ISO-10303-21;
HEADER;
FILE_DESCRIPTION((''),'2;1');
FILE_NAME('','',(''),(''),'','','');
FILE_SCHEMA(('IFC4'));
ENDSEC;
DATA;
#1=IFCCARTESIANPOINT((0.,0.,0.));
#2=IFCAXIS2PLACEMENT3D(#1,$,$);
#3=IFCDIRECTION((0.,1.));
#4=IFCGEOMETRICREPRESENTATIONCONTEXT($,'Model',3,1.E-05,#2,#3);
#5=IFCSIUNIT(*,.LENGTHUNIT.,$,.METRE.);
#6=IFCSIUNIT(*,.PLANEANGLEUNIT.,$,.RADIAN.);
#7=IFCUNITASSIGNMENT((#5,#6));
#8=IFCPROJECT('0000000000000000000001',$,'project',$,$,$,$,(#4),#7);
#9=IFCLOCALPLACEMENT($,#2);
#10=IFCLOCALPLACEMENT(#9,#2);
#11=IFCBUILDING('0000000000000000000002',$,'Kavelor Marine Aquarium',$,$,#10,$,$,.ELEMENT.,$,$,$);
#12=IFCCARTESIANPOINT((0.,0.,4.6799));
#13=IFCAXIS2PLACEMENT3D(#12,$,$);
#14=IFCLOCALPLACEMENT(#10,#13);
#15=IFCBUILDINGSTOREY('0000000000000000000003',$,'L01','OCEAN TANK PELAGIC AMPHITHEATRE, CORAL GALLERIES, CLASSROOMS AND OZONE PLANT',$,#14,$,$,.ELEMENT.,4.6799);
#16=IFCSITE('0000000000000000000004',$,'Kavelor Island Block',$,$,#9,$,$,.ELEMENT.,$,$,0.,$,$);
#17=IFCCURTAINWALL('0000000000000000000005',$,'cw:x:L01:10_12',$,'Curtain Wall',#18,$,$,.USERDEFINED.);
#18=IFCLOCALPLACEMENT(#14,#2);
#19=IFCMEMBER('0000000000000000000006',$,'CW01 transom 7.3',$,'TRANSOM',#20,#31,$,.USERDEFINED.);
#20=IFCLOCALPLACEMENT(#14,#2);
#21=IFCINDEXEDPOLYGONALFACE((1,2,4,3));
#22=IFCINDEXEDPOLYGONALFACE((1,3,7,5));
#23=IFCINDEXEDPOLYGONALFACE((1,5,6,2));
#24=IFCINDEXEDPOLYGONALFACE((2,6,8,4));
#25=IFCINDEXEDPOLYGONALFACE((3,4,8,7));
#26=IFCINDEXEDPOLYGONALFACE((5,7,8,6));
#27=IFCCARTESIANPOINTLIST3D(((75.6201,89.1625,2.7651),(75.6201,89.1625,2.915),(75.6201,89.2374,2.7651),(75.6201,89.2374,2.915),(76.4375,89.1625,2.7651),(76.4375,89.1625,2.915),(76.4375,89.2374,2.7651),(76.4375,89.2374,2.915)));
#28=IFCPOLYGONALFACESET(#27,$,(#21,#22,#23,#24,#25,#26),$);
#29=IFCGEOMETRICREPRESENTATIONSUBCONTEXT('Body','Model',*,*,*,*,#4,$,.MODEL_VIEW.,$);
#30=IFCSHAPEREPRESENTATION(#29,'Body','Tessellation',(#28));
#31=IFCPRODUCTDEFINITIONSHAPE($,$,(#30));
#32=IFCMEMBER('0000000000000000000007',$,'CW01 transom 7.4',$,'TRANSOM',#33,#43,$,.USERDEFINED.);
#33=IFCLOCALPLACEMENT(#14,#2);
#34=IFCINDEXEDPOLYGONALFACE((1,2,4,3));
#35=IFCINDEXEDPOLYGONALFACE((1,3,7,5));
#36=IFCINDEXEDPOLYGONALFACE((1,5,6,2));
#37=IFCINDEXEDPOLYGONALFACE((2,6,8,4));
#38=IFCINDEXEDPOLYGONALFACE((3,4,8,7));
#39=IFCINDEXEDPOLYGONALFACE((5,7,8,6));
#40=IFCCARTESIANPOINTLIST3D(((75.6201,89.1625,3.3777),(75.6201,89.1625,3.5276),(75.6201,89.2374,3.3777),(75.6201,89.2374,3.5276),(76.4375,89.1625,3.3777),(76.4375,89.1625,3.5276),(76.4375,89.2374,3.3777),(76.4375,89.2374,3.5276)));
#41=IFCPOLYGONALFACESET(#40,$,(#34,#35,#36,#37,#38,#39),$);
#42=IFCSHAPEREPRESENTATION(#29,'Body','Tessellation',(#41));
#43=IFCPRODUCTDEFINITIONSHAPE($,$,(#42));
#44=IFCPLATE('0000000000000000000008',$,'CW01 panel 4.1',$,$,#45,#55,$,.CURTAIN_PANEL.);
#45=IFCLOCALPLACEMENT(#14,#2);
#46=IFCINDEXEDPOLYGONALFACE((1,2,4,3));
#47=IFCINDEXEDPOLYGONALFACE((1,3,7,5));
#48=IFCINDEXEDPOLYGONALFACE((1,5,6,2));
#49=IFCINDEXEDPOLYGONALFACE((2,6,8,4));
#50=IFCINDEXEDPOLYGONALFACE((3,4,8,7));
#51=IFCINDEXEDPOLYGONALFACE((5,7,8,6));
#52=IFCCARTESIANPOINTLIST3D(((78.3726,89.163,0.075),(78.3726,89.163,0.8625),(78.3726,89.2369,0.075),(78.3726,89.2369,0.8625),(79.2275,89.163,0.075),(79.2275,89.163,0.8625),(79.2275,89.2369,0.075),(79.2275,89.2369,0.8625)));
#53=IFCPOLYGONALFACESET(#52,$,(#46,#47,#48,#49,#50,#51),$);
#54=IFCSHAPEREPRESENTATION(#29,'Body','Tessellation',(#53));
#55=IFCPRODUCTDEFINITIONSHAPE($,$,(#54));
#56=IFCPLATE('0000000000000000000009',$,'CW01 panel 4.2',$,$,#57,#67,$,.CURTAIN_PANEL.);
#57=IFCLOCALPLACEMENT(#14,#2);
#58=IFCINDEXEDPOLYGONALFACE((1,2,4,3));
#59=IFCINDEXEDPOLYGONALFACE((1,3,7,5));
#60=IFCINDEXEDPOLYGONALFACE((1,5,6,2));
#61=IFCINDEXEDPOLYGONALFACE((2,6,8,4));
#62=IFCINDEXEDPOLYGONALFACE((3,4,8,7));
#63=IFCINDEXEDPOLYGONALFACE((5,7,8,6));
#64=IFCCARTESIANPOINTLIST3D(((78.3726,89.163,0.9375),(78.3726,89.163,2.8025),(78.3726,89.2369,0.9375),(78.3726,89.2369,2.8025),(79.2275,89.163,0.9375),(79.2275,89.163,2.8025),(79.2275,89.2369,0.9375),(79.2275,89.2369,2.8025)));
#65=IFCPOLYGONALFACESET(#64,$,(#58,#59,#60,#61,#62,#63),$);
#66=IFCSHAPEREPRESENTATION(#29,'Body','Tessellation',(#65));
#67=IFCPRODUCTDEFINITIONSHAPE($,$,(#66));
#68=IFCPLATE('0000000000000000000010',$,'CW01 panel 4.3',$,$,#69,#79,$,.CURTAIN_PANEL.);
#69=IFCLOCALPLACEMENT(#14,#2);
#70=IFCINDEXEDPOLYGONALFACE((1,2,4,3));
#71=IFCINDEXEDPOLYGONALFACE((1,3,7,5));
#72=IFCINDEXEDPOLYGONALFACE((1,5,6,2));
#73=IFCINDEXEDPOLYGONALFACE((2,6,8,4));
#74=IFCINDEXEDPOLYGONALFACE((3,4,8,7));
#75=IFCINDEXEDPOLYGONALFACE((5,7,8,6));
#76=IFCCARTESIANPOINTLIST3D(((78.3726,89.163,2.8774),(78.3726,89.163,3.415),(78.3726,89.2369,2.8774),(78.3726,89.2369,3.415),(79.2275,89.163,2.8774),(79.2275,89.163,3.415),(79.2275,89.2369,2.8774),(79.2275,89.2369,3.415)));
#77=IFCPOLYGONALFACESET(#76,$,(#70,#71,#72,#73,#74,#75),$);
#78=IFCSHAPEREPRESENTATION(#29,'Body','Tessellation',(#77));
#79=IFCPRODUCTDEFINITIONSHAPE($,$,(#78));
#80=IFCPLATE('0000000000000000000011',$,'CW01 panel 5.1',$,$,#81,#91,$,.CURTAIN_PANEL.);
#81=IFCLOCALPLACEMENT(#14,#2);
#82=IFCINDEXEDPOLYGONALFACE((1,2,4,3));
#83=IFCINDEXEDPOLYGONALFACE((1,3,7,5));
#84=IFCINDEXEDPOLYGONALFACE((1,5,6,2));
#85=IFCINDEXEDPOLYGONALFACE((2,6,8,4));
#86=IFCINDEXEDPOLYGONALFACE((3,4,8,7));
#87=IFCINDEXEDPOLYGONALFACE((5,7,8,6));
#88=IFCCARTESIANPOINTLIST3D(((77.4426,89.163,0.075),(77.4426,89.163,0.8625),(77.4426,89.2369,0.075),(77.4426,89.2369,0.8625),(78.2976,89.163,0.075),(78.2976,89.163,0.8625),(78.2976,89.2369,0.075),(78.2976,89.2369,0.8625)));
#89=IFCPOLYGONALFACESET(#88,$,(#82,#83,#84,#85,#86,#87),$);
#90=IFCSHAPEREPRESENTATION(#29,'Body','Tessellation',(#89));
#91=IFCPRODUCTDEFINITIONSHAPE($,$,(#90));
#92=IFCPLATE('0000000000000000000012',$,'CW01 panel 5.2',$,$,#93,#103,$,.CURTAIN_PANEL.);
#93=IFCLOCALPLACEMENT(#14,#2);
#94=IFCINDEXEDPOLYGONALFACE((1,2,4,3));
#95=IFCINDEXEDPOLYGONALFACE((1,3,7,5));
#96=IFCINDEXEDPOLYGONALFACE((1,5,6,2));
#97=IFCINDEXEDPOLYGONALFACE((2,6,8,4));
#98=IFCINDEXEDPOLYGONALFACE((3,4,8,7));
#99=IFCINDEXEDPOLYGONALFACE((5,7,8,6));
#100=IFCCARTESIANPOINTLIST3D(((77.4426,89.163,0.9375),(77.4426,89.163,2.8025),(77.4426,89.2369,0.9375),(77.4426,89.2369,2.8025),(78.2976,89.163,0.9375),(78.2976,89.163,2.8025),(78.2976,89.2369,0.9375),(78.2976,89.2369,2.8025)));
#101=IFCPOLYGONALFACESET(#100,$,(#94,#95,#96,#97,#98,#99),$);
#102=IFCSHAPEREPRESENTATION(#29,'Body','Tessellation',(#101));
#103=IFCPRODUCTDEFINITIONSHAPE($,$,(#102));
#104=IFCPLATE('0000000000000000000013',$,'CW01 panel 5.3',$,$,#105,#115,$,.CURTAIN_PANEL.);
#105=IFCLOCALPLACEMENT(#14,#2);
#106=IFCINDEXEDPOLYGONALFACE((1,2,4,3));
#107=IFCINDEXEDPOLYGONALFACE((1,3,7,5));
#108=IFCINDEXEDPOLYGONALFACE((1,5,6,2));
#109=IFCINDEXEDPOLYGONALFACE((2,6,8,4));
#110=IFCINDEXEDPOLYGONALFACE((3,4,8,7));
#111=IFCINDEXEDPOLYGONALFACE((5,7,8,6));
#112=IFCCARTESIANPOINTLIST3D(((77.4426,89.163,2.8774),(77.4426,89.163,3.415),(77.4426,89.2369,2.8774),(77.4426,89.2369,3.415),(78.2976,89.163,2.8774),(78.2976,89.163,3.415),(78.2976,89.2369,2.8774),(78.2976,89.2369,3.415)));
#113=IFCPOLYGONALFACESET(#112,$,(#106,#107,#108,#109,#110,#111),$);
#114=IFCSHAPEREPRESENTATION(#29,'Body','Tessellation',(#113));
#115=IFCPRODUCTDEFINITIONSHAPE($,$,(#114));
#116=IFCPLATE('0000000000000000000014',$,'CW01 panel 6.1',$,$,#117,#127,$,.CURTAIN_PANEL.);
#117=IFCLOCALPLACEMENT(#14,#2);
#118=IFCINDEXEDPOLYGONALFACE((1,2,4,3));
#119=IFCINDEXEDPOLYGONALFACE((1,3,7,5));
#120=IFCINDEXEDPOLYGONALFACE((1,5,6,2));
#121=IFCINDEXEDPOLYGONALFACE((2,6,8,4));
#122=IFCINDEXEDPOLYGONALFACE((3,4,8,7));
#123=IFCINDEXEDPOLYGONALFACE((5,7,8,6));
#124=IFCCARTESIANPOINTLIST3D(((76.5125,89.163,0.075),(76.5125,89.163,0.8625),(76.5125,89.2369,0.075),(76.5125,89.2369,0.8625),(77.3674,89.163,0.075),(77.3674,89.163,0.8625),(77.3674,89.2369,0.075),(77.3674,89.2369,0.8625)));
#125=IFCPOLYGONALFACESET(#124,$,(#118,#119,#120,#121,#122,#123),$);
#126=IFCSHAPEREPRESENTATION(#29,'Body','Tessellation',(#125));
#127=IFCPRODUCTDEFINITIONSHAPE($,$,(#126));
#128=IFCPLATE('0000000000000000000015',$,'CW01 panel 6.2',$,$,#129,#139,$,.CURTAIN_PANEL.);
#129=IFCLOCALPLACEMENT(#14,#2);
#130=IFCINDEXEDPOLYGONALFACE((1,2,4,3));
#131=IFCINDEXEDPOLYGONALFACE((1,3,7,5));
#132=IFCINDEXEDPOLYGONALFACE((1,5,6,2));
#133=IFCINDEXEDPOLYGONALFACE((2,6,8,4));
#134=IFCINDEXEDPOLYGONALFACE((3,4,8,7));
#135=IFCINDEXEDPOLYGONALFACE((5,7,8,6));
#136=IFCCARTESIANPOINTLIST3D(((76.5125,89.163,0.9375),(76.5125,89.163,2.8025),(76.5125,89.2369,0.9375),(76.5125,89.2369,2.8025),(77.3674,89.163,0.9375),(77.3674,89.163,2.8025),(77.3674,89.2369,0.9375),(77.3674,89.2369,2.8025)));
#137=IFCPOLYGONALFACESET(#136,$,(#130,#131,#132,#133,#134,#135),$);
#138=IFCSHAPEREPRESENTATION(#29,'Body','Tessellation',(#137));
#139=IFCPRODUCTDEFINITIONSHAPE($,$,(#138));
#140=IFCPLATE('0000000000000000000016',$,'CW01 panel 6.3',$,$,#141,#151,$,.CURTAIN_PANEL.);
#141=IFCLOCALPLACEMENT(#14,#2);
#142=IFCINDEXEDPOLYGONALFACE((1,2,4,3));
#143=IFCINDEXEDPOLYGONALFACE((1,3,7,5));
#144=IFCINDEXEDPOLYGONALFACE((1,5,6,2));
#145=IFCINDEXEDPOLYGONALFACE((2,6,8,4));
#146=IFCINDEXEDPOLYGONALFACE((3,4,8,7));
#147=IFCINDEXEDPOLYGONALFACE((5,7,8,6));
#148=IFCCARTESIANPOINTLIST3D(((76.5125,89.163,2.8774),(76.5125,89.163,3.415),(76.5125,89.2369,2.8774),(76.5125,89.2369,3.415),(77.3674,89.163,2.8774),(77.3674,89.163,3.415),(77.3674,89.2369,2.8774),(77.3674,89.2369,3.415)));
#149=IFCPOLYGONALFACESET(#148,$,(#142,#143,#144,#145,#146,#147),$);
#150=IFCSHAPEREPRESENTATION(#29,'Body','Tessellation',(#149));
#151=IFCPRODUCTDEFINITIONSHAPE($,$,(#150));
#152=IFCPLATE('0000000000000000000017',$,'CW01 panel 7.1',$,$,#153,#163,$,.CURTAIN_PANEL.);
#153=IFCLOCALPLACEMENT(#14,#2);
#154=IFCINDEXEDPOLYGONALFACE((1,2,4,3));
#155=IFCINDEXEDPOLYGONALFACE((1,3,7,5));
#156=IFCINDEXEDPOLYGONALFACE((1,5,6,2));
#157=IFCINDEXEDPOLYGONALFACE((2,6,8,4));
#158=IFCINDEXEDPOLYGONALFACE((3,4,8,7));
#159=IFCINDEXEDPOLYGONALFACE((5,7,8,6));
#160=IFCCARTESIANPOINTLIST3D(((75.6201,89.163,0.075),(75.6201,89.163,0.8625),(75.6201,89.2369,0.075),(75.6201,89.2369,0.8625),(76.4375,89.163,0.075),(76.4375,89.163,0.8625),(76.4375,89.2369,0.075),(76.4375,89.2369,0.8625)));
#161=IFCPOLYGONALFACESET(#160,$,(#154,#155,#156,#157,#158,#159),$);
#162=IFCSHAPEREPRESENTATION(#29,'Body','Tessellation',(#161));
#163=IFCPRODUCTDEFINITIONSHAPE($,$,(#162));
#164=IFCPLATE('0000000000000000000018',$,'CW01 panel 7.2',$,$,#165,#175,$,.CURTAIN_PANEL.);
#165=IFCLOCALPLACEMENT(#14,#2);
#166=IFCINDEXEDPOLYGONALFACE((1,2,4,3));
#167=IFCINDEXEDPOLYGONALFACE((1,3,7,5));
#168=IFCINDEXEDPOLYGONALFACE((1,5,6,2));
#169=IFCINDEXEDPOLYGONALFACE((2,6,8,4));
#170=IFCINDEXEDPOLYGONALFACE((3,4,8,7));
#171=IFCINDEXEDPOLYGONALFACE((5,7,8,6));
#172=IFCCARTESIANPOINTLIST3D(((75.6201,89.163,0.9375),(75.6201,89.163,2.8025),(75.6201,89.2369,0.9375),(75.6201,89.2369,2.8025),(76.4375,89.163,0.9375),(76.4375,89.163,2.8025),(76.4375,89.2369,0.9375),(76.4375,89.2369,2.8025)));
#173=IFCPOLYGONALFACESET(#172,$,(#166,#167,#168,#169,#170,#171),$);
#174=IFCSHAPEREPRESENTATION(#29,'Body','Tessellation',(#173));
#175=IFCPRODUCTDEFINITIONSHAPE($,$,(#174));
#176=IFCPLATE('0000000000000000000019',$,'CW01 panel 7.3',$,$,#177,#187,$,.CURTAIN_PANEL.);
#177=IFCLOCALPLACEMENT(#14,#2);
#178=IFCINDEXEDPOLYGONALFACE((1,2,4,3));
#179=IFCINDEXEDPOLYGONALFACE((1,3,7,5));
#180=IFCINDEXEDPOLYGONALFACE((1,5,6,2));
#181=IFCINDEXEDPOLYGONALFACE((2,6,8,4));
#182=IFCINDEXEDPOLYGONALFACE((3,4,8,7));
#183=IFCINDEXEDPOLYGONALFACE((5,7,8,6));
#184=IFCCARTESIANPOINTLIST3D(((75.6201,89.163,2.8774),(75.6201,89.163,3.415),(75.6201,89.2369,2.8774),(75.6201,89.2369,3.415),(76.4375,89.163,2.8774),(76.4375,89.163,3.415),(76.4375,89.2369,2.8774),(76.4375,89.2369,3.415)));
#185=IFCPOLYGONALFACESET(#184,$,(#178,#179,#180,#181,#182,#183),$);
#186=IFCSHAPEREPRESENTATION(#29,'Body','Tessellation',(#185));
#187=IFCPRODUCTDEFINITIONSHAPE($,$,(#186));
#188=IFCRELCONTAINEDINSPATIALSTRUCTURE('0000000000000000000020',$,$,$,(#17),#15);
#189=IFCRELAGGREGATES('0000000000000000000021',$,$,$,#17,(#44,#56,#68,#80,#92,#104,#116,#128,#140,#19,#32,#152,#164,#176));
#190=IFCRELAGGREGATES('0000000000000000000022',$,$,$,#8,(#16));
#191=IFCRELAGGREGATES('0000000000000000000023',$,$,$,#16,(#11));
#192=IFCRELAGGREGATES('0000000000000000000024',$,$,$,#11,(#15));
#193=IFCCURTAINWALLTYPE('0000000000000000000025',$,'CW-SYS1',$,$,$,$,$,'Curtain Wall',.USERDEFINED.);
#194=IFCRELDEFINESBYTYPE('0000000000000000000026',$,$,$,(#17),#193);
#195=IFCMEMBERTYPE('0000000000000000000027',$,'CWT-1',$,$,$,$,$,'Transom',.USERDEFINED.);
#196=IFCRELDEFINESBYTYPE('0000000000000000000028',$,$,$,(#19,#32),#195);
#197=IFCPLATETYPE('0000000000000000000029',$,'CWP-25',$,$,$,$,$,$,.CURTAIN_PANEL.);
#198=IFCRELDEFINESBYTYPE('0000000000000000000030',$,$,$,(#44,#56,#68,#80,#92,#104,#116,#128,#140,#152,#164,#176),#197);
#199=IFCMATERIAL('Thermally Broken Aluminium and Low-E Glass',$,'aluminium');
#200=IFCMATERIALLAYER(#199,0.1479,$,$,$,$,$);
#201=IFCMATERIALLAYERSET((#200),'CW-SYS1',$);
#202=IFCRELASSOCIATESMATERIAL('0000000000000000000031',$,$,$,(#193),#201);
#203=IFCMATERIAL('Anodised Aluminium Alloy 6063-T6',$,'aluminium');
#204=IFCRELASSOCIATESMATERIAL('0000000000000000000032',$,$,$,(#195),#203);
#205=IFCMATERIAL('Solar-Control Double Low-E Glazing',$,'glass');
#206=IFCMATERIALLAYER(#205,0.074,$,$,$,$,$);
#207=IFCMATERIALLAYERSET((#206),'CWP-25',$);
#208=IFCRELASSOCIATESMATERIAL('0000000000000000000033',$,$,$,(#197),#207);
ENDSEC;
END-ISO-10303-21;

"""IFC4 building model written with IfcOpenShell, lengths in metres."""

from ifc_helpers import new_model, si_unit, direction, frame, origin, origin_2d, place, context, subcontext, project, spatial, rectangle, extrude, material, layer, layer_set, material_profile, profile_set, type_object, element, aggregate, save


model = new_model("IFC4")

# Units and contexts
model_context = context("Model", 3, precision=1e-05, world=origin(), true_north=direction((0.0, 1.0)))
body_context = subcontext(model_context, "Body", "Model", "MODEL_VIEW")
ifc_project = project(units=[si_unit("LENGTHUNIT", "METRE"), si_unit("PLANEANGLEUNIT", "RADIAN")], contexts=[model_context])

# Site, building, storey
site_placement = place(None, origin())
site = spatial("IfcSite", under=ifc_project, at=site_placement, Name="Kavelor Island Block", CompositionType="ELEMENT", RefElevation=0.0)
building_placement = place(site_placement, origin())
building = spatial("IfcBuilding", under=site, at=building_placement, Name="Kavelor Marine Aquarium", CompositionType="ELEMENT")
storey_placement = place(building_placement, frame((0.0, 0.0, 4.6799)))
storey = spatial("IfcBuildingStorey", under=building, at=storey_placement, Name="L01", Description="OCEAN TANK PELAGIC AMPHITHEATRE, CORAL GALLERIES, CLASSROOMS AND OZONE PLANT", CompositionType="ELEMENT", Elevation=4.6799)

# Curtain wall, members, plates
ifc_material_1 = material(Name="Thermally Broken Aluminium and Low-E Glass", Category="aluminium")
ifc_layer_1 = layer(ifc_material_1, 0.1479)
ifc_layer_set_1 = layer_set([ifc_layer_1], Name="CW-SYS1")
curtain_wall_type = type_object("IfcCurtainWallType", Name="CW-SYS1", ElementType="Curtain Wall", PredefinedType="USERDEFINED", material=ifc_layer_set_1)
curtain_wall_placement = place(storey_placement, origin())
curtain_wall = element("IfcCurtainWall", 1, at=curtain_wall_placement, inside=storey, type_object=curtain_wall_type, Name="cw:x:L01:10_12", ObjectType="Curtain Wall", PredefinedType="USERDEFINED")
ifc_material_2 = material(Name="Anodised Aluminium Alloy 6063-T6", Category="aluminium")
ifc_material_profile_1 = material_profile(ifc_material_2, rectangle(XDim=0.075, YDim=0.1499, at=origin_2d()), Name="CW-TRN 75x150")
ifc_profile_set_1 = profile_set([ifc_material_profile_1], Name="Anodised Aluminium Alloy 6063-T6")
member_type_1 = type_object("IfcMemberType", Name="CWT-1", ElementType="Transom", PredefinedType="USERDEFINED", material=ifc_profile_set_1)
member_1_placement = place(storey_placement, frame((76.4375, 89.2, 2.8401), z_axis=(-1.0, 0.0, 0.0), x_axis=(0.0, -1.0, 0.0)))
member_1 = element("IfcMember", 2, at=member_1_placement, type_object=member_type_1, Name="CW01 transom 7.3", ObjectType="TRANSOM", PredefinedType="USERDEFINED", context=body_context, shape_type="SweptSolid", body=[
    extrude(rectangle(XDim=0.075, YDim=0.1499, at=origin_2d()), origin(), (0.0, 0.0, 1.0), 0.8174),
])
member_2_placement = place(storey_placement, frame((76.4375, 89.2, 3.4526), z_axis=(-1.0, 0.0, 0.0), x_axis=(0.0, -1.0, 0.0)))
member_2 = element("IfcMember", 3, at=member_2_placement, type_object=member_type_1, Name="CW01 transom 7.4", ObjectType="TRANSOM", PredefinedType="USERDEFINED", context=body_context, shape_type="SweptSolid", body=[
    extrude(rectangle(XDim=0.075, YDim=0.1499, at=origin_2d()), origin(), (0.0, 0.0, 1.0), 0.8174),
])
ifc_material_3 = material(Name="Solar-Control Double Low-E Glazing", Category="glass")
ifc_layer_2 = layer(ifc_material_3, 0.074)
ifc_layer_set_2 = layer_set([ifc_layer_2], Name="CWP-25")
plate_type = type_object("IfcPlateType", Name="CWP-25", PredefinedType="CURTAIN_PANEL", material=ifc_layer_set_2)
plate_1_placement = place(storey_placement, frame((78.8, 89.2, 0.075), z_axis=(0.0, 0.0, 1.0), x_axis=(-1.0, 0.0, 0.0)))
plate_1 = element("IfcPlate", 4, at=plate_1_placement, type_object=plate_type, Name="CW01 panel 4.1", PredefinedType="CURTAIN_PANEL", context=body_context, shape_type="SweptSolid", body=[
    extrude(rectangle(XDim=0.855, YDim=0.074, at=origin_2d()), origin(), (0.0, 0.0, 1.0), 0.7876),
])
plate_2_placement = place(storey_placement, frame((78.8, 89.2, 0.9375), z_axis=(0.0, 0.0, 1.0), x_axis=(-1.0, 0.0, 0.0)))
plate_2 = element("IfcPlate", 5, at=plate_2_placement, type_object=plate_type, Name="CW01 panel 4.2", PredefinedType="CURTAIN_PANEL", context=body_context, shape_type="SweptSolid", body=[
    extrude(rectangle(XDim=0.855, YDim=0.074, at=origin_2d()), origin(), (0.0, 0.0, 1.0), 1.865),
])
plate_3_placement = place(storey_placement, frame((78.8, 89.2, 2.8774), z_axis=(0.0, 0.0, 1.0), x_axis=(-1.0, 0.0, 0.0)))
plate_3 = element("IfcPlate", 6, at=plate_3_placement, type_object=plate_type, Name="CW01 panel 4.3", PredefinedType="CURTAIN_PANEL", context=body_context, shape_type="SweptSolid", body=[
    extrude(rectangle(XDim=0.855, YDim=0.074, at=origin_2d()), origin(), (0.0, 0.0, 1.0), 0.5376),
])
plate_4_placement = place(storey_placement, frame((77.8701, 89.2, 0.075), z_axis=(0.0, 0.0, 1.0), x_axis=(-1.0, 0.0, 0.0)))
plate_4 = element("IfcPlate", 7, at=plate_4_placement, type_object=plate_type, Name="CW01 panel 5.1", PredefinedType="CURTAIN_PANEL", context=body_context, shape_type="SweptSolid", body=[
    extrude(rectangle(XDim=0.855, YDim=0.074, at=origin_2d()), origin(), (0.0, 0.0, 1.0), 0.7876),
])
plate_5_placement = place(storey_placement, frame((77.8701, 89.2, 0.9375), z_axis=(0.0, 0.0, 1.0), x_axis=(-1.0, 0.0, 0.0)))
plate_5 = element("IfcPlate", 8, at=plate_5_placement, type_object=plate_type, Name="CW01 panel 5.2", PredefinedType="CURTAIN_PANEL", context=body_context, shape_type="SweptSolid", body=[
    extrude(rectangle(XDim=0.855, YDim=0.074, at=origin_2d()), origin(), (0.0, 0.0, 1.0), 1.865),
])
plate_6_placement = place(storey_placement, frame((77.8701, 89.2, 2.8774), z_axis=(0.0, 0.0, 1.0), x_axis=(-1.0, 0.0, 0.0)))
plate_6 = element("IfcPlate", 9, at=plate_6_placement, type_object=plate_type, Name="CW01 panel 5.3", PredefinedType="CURTAIN_PANEL", context=body_context, shape_type="SweptSolid", body=[
    extrude(rectangle(XDim=0.855, YDim=0.074, at=origin_2d()), origin(), (0.0, 0.0, 1.0), 0.5376),
])
plate_7_placement = place(storey_placement, frame((76.9399, 89.2, 0.075), z_axis=(0.0, 0.0, 1.0), x_axis=(-1.0, 0.0, 0.0)))
plate_7 = element("IfcPlate", 10, at=plate_7_placement, type_object=plate_type, Name="CW01 panel 6.1", PredefinedType="CURTAIN_PANEL", context=body_context, shape_type="SweptSolid", body=[
    extrude(rectangle(XDim=0.855, YDim=0.074, at=origin_2d()), origin(), (0.0, 0.0, 1.0), 0.7876),
])
plate_8_placement = place(storey_placement, frame((76.9399, 89.2, 0.9375), z_axis=(0.0, 0.0, 1.0), x_axis=(-1.0, 0.0, 0.0)))
plate_8 = element("IfcPlate", 11, at=plate_8_placement, type_object=plate_type, Name="CW01 panel 6.2", PredefinedType="CURTAIN_PANEL", context=body_context, shape_type="SweptSolid", body=[
    extrude(rectangle(XDim=0.855, YDim=0.074, at=origin_2d()), origin(), (0.0, 0.0, 1.0), 1.865),
])
plate_9_placement = place(storey_placement, frame((76.9399, 89.2, 2.8774), z_axis=(0.0, 0.0, 1.0), x_axis=(-1.0, 0.0, 0.0)))
plate_9 = element("IfcPlate", 12, at=plate_9_placement, type_object=plate_type, Name="CW01 panel 6.3", PredefinedType="CURTAIN_PANEL", context=body_context, shape_type="SweptSolid", body=[
    extrude(rectangle(XDim=0.855, YDim=0.074, at=origin_2d()), origin(), (0.0, 0.0, 1.0), 0.5376),
])
plate_10_placement = place(storey_placement, frame((76.0288, 89.2, 0.075), z_axis=(0.0, 0.0, 1.0), x_axis=(-1.0, 0.0, 0.0)))
plate_10 = element("IfcPlate", 13, at=plate_10_placement, type_object=plate_type, Name="CW01 panel 7.1", PredefinedType="CURTAIN_PANEL", context=body_context, shape_type="SweptSolid", body=[
    extrude(rectangle(XDim=0.8174, YDim=0.074, at=origin_2d()), origin(), (0.0, 0.0, 1.0), 0.7876),
])
plate_11_placement = place(storey_placement, frame((76.0288, 89.2, 0.9375), z_axis=(0.0, 0.0, 1.0), x_axis=(-1.0, 0.0, 0.0)))
plate_11 = element("IfcPlate", 14, at=plate_11_placement, type_object=plate_type, Name="CW01 panel 7.2", PredefinedType="CURTAIN_PANEL", context=body_context, shape_type="SweptSolid", body=[
    extrude(rectangle(XDim=0.8174, YDim=0.074, at=origin_2d()), origin(), (0.0, 0.0, 1.0), 1.865),
])
plate_12_placement = place(storey_placement, frame((76.0288, 89.2, 2.8774), z_axis=(0.0, 0.0, 1.0), x_axis=(-1.0, 0.0, 0.0)))
plate_12 = element("IfcPlate", 15, at=plate_12_placement, type_object=plate_type, Name="CW01 panel 7.3", PredefinedType="CURTAIN_PANEL", context=body_context, shape_type="SweptSolid", body=[
    extrude(rectangle(XDim=0.8174, YDim=0.074, at=origin_2d()), origin(), (0.0, 0.0, 1.0), 0.5376),
])
aggregate(curtain_wall, [plate_1, plate_2, plate_3, plate_4, plate_5, plate_6, plate_7, plate_8, plate_9, member_1, member_2, plate_10, plate_11, plate_12])

save(model, "model.ifc")
